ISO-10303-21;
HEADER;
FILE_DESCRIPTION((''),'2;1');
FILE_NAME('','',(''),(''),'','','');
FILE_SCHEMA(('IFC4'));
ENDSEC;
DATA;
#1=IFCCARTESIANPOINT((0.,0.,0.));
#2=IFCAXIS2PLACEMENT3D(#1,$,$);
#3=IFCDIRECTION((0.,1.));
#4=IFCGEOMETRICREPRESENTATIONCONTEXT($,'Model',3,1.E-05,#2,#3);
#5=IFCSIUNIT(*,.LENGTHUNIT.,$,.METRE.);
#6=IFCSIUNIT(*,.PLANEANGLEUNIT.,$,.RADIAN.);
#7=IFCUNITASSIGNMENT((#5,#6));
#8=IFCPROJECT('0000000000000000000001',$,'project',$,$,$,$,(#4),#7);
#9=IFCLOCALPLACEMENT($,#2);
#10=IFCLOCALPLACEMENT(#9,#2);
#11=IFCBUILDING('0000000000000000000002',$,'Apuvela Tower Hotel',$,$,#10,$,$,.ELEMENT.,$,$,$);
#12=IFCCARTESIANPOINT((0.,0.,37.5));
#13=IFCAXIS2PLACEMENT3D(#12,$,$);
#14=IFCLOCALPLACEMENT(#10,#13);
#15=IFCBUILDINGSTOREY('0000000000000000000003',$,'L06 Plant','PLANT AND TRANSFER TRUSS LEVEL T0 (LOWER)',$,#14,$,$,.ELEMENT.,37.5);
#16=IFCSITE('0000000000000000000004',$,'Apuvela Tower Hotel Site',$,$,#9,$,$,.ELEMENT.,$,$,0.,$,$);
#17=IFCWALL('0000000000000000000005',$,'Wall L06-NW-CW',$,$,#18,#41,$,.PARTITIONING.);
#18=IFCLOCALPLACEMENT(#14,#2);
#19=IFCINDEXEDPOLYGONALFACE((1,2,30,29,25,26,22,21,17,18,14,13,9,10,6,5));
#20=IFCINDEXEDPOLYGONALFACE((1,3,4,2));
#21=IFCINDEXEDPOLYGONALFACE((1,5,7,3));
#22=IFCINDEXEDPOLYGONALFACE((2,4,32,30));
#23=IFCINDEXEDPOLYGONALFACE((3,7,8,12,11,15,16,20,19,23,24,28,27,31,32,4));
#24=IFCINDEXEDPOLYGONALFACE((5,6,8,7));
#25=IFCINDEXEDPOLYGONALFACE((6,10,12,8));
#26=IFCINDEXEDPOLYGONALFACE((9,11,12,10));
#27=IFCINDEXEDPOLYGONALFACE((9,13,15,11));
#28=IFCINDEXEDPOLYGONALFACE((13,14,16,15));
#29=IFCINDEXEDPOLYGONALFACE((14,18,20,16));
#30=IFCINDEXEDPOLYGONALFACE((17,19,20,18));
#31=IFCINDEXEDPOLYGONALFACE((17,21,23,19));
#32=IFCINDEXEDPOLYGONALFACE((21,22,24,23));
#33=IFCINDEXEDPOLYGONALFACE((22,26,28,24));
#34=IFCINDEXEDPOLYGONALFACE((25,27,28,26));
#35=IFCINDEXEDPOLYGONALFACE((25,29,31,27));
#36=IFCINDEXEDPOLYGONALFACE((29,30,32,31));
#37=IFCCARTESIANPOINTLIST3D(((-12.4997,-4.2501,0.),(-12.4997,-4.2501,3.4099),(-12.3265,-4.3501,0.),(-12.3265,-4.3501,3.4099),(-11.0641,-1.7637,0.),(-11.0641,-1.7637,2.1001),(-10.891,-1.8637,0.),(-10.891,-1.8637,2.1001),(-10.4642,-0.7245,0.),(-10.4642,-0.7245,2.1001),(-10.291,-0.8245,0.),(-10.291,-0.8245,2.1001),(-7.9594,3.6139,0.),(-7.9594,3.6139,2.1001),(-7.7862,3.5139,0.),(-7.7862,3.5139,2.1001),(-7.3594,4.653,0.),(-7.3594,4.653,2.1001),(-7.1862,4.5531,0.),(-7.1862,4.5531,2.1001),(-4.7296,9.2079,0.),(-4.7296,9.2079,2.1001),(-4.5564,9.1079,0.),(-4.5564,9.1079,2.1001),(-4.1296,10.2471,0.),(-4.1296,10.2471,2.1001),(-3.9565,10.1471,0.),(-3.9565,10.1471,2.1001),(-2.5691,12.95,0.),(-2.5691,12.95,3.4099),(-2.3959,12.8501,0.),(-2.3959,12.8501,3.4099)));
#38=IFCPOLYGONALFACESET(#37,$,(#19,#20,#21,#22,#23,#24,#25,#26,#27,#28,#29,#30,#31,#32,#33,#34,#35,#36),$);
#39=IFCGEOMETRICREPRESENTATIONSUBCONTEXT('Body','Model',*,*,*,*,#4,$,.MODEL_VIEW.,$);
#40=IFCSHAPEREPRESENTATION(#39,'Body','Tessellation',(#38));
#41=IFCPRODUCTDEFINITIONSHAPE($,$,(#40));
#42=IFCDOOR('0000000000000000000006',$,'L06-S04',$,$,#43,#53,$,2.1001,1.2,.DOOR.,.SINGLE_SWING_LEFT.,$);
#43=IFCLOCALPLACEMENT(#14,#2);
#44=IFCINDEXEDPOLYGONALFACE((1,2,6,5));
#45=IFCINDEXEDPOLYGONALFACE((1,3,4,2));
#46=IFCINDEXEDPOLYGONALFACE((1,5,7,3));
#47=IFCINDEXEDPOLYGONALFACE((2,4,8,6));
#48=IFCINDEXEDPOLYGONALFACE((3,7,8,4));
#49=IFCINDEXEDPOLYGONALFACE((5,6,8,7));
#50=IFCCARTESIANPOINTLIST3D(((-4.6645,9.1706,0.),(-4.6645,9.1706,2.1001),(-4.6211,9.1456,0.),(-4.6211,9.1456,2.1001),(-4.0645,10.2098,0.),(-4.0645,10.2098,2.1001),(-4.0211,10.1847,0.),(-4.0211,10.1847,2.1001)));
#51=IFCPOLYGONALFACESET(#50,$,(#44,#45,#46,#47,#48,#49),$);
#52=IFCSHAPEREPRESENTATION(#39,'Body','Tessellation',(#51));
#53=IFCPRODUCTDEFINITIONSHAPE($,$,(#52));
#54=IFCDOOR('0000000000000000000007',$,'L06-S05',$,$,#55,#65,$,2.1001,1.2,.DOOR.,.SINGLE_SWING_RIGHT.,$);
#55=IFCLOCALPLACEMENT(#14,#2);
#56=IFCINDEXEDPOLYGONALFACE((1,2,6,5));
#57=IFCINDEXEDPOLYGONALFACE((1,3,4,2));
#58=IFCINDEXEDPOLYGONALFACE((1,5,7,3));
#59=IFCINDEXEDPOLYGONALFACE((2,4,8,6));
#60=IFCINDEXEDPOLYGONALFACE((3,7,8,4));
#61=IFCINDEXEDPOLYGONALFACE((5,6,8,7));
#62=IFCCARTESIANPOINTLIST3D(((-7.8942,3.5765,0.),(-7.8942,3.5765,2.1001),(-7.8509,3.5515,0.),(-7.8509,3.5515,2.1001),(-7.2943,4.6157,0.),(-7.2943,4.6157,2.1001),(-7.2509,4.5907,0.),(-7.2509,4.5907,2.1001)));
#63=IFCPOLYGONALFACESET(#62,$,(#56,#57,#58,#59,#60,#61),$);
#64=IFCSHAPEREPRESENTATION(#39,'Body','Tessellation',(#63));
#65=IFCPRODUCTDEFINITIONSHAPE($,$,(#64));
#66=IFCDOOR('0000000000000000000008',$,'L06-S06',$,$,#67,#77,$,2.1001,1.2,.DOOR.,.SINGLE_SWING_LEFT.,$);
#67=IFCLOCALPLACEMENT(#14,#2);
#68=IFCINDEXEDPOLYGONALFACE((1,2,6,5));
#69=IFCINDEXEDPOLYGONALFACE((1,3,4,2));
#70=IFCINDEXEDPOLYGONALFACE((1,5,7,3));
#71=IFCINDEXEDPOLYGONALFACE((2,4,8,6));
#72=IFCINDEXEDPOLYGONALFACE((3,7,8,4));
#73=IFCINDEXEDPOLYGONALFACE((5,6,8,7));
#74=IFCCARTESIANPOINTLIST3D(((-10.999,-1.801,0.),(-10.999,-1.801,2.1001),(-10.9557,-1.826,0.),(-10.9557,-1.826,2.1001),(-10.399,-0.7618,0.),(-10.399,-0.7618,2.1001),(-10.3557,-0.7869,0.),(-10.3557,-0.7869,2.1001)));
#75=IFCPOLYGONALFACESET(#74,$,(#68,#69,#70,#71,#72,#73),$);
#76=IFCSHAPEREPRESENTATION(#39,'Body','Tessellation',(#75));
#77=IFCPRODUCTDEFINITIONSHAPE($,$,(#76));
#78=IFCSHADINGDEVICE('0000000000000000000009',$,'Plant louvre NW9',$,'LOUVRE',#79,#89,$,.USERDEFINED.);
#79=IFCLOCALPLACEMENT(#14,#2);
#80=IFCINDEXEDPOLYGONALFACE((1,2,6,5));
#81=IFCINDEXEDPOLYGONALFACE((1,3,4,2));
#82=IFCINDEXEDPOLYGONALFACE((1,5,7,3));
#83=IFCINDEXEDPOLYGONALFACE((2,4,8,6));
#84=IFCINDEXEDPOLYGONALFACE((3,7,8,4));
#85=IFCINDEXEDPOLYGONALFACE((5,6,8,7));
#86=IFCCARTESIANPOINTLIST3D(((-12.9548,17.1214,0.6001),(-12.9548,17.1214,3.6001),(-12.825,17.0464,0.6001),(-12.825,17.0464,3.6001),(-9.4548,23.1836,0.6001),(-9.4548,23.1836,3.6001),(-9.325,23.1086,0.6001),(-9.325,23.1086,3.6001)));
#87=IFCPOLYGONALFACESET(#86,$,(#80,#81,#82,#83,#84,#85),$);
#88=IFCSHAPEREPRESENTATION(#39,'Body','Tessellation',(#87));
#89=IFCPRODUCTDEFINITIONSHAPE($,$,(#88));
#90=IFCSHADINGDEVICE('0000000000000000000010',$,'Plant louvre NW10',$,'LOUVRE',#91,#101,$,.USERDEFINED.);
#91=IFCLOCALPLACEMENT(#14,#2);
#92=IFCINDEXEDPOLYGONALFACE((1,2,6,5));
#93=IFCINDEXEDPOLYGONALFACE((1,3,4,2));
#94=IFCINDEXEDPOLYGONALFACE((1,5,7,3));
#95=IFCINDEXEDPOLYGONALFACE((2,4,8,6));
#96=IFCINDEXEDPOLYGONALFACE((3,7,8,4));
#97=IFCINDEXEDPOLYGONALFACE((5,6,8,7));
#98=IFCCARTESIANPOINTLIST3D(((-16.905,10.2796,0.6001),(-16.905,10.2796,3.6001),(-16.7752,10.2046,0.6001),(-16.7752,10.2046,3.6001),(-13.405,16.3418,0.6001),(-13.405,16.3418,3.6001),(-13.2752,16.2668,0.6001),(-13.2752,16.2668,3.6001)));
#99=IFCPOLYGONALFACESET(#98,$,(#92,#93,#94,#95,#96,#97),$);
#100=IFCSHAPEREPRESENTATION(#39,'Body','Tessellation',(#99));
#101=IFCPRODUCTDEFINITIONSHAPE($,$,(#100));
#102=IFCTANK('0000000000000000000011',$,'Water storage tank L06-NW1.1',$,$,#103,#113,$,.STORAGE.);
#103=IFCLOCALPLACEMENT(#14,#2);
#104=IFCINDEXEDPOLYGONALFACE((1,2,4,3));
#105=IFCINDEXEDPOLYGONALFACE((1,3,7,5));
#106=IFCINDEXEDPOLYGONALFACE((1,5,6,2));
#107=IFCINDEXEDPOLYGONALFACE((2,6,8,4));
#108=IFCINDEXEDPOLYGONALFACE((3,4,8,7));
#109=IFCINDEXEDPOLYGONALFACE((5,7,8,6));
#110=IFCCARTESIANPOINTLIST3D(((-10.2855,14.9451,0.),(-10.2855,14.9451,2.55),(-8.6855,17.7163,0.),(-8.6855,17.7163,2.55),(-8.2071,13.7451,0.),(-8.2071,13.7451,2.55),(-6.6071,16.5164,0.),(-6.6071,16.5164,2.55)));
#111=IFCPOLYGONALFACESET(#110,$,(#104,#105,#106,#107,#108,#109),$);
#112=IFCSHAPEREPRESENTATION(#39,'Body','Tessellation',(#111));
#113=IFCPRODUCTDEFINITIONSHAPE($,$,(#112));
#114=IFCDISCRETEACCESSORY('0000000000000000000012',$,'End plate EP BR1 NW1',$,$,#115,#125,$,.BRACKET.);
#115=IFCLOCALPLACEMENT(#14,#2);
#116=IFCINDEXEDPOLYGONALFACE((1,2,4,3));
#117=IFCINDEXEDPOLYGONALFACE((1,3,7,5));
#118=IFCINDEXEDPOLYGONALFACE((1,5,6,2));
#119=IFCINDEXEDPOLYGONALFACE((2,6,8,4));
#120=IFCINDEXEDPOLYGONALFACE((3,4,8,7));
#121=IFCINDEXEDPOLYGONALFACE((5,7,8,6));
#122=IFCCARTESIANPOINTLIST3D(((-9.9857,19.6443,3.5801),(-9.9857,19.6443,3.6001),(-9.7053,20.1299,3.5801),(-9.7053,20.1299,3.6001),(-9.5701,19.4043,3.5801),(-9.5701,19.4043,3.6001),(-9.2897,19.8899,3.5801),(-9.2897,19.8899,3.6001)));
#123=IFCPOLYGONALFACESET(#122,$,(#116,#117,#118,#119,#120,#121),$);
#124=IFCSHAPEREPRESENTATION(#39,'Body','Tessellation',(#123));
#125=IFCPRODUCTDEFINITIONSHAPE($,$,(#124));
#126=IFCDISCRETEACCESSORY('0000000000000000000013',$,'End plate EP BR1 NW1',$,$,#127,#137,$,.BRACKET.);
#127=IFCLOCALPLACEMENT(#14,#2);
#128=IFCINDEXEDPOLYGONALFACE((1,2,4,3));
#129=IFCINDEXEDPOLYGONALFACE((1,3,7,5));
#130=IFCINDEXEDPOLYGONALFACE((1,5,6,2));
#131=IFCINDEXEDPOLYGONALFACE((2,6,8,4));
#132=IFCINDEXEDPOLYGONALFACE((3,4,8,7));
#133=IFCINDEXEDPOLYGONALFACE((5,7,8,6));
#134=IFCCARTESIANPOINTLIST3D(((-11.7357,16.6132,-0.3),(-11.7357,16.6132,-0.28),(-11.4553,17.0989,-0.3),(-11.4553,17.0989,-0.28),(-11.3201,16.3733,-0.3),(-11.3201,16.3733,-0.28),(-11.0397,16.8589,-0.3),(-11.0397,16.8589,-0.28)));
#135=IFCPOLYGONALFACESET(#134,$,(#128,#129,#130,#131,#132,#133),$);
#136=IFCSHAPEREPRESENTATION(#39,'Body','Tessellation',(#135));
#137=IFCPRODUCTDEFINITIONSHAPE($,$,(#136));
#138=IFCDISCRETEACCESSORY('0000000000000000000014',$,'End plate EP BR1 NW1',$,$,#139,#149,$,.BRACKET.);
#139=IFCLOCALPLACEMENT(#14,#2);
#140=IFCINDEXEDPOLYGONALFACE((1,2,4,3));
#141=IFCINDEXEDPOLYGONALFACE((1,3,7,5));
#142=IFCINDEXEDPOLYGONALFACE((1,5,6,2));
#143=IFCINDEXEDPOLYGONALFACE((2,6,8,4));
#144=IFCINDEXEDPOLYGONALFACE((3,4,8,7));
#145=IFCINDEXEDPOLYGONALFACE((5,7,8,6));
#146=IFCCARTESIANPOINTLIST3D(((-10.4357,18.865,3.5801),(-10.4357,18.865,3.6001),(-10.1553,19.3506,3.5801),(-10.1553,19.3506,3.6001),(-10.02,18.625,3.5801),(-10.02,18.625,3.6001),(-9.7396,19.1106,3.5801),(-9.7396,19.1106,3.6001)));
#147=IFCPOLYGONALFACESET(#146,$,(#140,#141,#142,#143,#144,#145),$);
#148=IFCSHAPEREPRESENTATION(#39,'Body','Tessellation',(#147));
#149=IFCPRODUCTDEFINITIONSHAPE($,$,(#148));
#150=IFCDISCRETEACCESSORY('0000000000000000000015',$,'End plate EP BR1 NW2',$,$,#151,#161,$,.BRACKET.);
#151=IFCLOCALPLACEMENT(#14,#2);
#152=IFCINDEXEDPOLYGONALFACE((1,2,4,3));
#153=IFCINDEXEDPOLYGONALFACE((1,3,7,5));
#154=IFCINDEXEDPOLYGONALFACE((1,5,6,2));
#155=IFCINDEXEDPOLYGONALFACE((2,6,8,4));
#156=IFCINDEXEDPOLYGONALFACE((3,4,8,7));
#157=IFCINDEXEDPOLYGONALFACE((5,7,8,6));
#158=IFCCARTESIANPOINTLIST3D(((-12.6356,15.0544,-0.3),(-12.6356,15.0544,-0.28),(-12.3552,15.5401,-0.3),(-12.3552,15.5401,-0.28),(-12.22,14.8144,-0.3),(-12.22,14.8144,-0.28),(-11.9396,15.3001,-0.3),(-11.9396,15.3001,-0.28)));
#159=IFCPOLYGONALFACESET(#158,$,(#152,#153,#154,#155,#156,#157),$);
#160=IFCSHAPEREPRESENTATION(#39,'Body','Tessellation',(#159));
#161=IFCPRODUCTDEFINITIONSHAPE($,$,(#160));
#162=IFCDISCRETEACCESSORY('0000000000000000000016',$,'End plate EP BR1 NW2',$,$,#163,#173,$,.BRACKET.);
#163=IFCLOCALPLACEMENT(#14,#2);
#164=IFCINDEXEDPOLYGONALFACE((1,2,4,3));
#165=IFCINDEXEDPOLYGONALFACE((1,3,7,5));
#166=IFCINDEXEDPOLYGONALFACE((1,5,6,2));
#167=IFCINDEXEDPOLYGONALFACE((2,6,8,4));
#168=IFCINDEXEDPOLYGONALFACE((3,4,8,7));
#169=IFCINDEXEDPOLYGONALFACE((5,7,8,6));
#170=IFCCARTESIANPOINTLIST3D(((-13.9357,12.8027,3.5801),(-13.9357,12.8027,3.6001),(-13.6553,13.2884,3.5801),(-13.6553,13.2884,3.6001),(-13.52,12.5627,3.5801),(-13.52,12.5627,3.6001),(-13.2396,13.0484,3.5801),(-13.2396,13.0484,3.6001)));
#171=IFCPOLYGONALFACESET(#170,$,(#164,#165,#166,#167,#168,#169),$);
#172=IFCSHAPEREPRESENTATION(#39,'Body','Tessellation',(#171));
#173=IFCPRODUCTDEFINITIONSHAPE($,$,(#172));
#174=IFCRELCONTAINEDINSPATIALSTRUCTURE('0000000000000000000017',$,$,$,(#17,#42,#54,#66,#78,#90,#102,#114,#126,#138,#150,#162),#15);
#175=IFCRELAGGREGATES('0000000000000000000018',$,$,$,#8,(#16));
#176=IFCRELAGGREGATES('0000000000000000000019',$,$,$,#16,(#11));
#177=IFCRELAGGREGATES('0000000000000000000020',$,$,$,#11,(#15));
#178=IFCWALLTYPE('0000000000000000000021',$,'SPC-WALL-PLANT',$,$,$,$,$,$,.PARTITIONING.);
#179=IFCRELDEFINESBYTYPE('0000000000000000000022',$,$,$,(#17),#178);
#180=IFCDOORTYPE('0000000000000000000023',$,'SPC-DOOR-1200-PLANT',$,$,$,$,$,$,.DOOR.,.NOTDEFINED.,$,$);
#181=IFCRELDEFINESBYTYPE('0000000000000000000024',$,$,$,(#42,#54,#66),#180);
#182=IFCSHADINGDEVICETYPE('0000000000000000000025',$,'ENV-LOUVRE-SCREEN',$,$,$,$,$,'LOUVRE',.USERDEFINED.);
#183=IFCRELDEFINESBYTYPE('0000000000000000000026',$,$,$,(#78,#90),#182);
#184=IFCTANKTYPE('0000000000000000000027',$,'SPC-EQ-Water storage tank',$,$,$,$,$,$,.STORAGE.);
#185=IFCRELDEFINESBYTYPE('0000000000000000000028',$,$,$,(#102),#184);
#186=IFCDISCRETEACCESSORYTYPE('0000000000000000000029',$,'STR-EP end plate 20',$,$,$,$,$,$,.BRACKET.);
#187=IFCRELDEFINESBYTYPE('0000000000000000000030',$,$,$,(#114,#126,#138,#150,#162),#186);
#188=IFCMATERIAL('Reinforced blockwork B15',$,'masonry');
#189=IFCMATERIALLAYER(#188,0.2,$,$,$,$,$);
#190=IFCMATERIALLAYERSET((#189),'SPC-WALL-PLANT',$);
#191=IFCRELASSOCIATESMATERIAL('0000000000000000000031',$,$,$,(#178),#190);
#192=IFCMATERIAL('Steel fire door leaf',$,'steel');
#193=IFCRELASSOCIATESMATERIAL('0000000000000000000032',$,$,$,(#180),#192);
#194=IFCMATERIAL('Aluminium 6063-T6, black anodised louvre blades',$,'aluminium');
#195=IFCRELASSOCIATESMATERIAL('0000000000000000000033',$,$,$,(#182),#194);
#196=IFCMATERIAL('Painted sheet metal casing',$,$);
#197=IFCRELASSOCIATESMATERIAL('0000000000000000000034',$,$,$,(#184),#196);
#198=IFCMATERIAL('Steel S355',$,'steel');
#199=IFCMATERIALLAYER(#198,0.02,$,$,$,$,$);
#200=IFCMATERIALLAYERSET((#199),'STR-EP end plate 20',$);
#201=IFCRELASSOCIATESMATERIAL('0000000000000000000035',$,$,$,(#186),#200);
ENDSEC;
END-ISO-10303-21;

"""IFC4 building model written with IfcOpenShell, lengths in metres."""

from ifc_helpers import new_model, si_unit, direction, frame, frame_2d, origin, origin_2d, place, context, subcontext, project, spatial, rectangle, extrude, material, layer, layer_set, type_object, element, fill, save


model = new_model("IFC4")

# Units and contexts
model_context = context("Model", 3, precision=1e-05, world=origin(), true_north=direction((0.0, 1.0)))
body_context = subcontext(model_context, "Body", "Model", "MODEL_VIEW")
ifc_project = project(units=[si_unit("LENGTHUNIT", "METRE"), si_unit("PLANEANGLEUNIT", "RADIAN")], contexts=[model_context])

# Site, building, storey
site_placement = place(None, origin())
site = spatial("IfcSite", under=ifc_project, at=site_placement, Name="Apuvela Tower Hotel Site", CompositionType="ELEMENT", RefElevation=0.0)
building_placement = place(site_placement, origin())
building = spatial("IfcBuilding", under=site, at=building_placement, Name="Apuvela Tower Hotel", CompositionType="ELEMENT")
storey_placement = place(building_placement, frame((0.0, 0.0, 37.5)))
storey = spatial("IfcBuildingStorey", under=building, at=storey_placement, Name="L06 Plant", Description="PLANT AND TRANSFER TRUSS LEVEL T0 (LOWER)", CompositionType="ELEMENT", Elevation=37.5)

# Shared definitions
ifc_material_1 = material(Name="Steel S355", Category="steel")

# Wall, openings, doors
ifc_material_2 = material(Name="Reinforced blockwork B15", Category="masonry")
ifc_layer_1 = layer(ifc_material_2, 0.2)
ifc_layer_set_1 = layer_set([ifc_layer_1], Name="SPC-WALL-PLANT")
wall_type_1 = type_object("IfcWallType", Name="SPC-WALL-PLANT", PredefinedType="PARTITIONING", material=ifc_layer_set_1)
wall_1_placement = place(storey_placement, frame((-2.4824, 12.9001, 0.0), z_axis=(0.0, 0.0, 1.0), x_axis=(-0.500005, -0.866023, 0.0)))
wall_1 = element("IfcWall", 1, at=wall_1_placement, inside=storey, type_object=wall_type_1, Name="Wall L06-NW-CW", PredefinedType="PARTITIONING", context=body_context, shape_type="SweptSolid", body=[
    extrude(rectangle(XDim=19.8611, YDim=0.2, at=frame_2d((9.9307, 0.0))), origin(), (0.0, 0.0, 1.0), 3.4099),
])
opening_1_placement = place(wall_1_placement, frame((3.1211, 0.0, 0.0)))
opening_1 = element("IfcOpeningElement", 2, at=opening_1_placement, cuts=wall_1, PredefinedType="OPENING", context=body_context, shape_type="SweptSolid", body=[
    extrude(rectangle(XDim=1.2, YDim=2.1001, at=frame_2d((0.6001, 1.05))), frame((0.0, 0.1099, 0.0), z_axis=(0.0, -1.0, 0.0), x_axis=(1.0, 0.0, 0.0)), (0.0, 0.0, 1.0), 0.22),
])
opening_2_placement = place(wall_1_placement, frame((9.5806, 0.0, 0.0)))
opening_2 = element("IfcOpeningElement", 3, at=opening_2_placement, cuts=wall_1, PredefinedType="OPENING", context=body_context, shape_type="SweptSolid", body=[
    extrude(rectangle(XDim=1.2, YDim=2.1001, at=frame_2d((0.6001, 1.05))), frame((0.0, 0.1099, 0.0), z_axis=(0.0, -1.0, 0.0), x_axis=(1.0, 0.0, 0.0)), (0.0, 0.0, 1.0), 0.22),
])
opening_3_placement = place(wall_1_placement, frame((15.79, 0.0, 0.0)))
opening_3 = element("IfcOpeningElement", 4, at=opening_3_placement, cuts=wall_1, PredefinedType="OPENING", context=body_context, shape_type="SweptSolid", body=[
    extrude(rectangle(XDim=1.2, YDim=2.1001, at=frame_2d((0.6001, 1.05))), frame((0.0, 0.1099, 0.0), z_axis=(0.0, -1.0, 0.0), x_axis=(1.0, 0.0, 0.0)), (0.0, 0.0, 1.0), 0.22),
])
ifc_material_3 = material(Name="Steel fire door leaf", Category="steel")
door_type_1 = type_object("IfcDoorType", Name="SPC-DOOR-1200-PLANT", OperationType="NOTDEFINED", PredefinedType="DOOR", material=ifc_material_3)
door_1_placement = place(opening_1_placement, frame((1.2, 0.0, 0.0), z_axis=(0.0, 0.0, 1.0), x_axis=(-1.0, 0.0, 0.0)))
door_1 = element("IfcDoor", 5, at=door_1_placement, inside=storey, type_object=door_type_1, Name="L06-S04", OperationType="SINGLE_SWING_LEFT", OverallHeight=2.1001, OverallWidth=1.2, PredefinedType="DOOR", context=body_context, shape_type="SweptSolid", body=[
    extrude(rectangle(XDim=1.2, YDim=2.1001, at=frame_2d((0.6001, 1.05))), frame((0.0, 0.0249, 0.0), z_axis=(0.0, -1.0, 0.0), x_axis=(1.0, 0.0, 0.0)), (0.0, 0.0, 1.0), 0.05),
])
fill(opening_1, door_1)
door_2_placement = place(opening_2_placement, frame((1.2, 0.0, 0.0), z_axis=(0.0, 0.0, 1.0), x_axis=(-1.0, 0.0, 0.0)))
door_2 = element("IfcDoor", 6, at=door_2_placement, inside=storey, type_object=door_type_1, Name="L06-S05", OperationType="SINGLE_SWING_RIGHT", OverallHeight=2.1001, OverallWidth=1.2, PredefinedType="DOOR", context=body_context, shape_type="SweptSolid", body=[
    extrude(rectangle(XDim=1.2, YDim=2.1001, at=frame_2d((0.6001, 1.05))), frame((0.0, 0.0249, 0.0), z_axis=(0.0, -1.0, 0.0), x_axis=(1.0, 0.0, 0.0)), (0.0, 0.0, 1.0), 0.05),
])
fill(opening_2, door_2)
door_3_placement = place(opening_3_placement, frame((1.2, 0.0, 0.0), z_axis=(0.0, 0.0, 1.0), x_axis=(-1.0, 0.0, 0.0)))
door_3 = element("IfcDoor", 7, at=door_3_placement, inside=storey, type_object=door_type_1, Name="L06-S06", OperationType="SINGLE_SWING_LEFT", OverallHeight=2.1001, OverallWidth=1.2, PredefinedType="DOOR", context=body_context, shape_type="SweptSolid", body=[
    extrude(rectangle(XDim=1.2, YDim=2.1001, at=frame_2d((0.6001, 1.05))), frame((0.0, 0.0249, 0.0), z_axis=(0.0, -1.0, 0.0), x_axis=(1.0, 0.0, 0.0)), (0.0, 0.0, 1.0), 0.05),
])
fill(opening_3, door_3)

# Shading devices
ifc_material_4 = material(Name="Aluminium 6063-T6, black anodised louvre blades", Category="aluminium")
shading_device_type = type_object("IfcShadingDeviceType", Name="ENV-LOUVRE-SCREEN", ElementType="LOUVRE", PredefinedType="USERDEFINED", material=ifc_material_4)
for number, where, z_axis, x_axis, name in (
    (8, (-11.1399, 20.115, 0.6001), (0.0, 0.0, 1.0), (-0.5, -0.866025, 0.0), "Plant louvre NW9"),
    (9, (-15.0901, 13.2732, 0.6001), (0.0, 0.0, 1.0), (-0.5, -0.866025, 0.0), "Plant louvre NW10"),
):
    element("IfcShadingDevice", number, at=place(storey_placement, frame(where, z_axis=z_axis, x_axis=x_axis)), inside=storey, type_object=shading_device_type, Name=name, ObjectType="LOUVRE", PredefinedType="USERDEFINED", context=body_context, shape_type="SweptSolid", body=[
        extrude(rectangle(XDim=7.0, YDim=0.1499, at=origin_2d()), origin(), (0.0, 0.0, 1.0), 3.0),
    ])

# Tank
ifc_material_5 = material(Name="Painted sheet metal casing")
tank_type = type_object("IfcTankType", Name="SPC-EQ-Water storage tank", PredefinedType="STORAGE", material=ifc_material_5)
tank_placement = place(storey_placement, frame((-8.4463, 15.7307, 0.0), z_axis=(0.0, 0.0, 1.0), x_axis=(-0.5, -0.866025, 0.0)))
element("IfcTank", 10, at=tank_placement, inside=storey, type_object=tank_type, Name="Water storage tank L06-NW1.1", PredefinedType="STORAGE", context=body_context, shape_type="SweptSolid", body=[
    extrude(rectangle(XDim=3.2, YDim=2.3999, at=origin_2d()), origin(), (0.0, 0.0, 1.0), 2.55),
])

# Discrete accessories
ifc_layer_2 = layer(ifc_material_1, 0.02)
ifc_layer_set_2 = layer_set([ifc_layer_2], Name="STR-EP end plate 20")
discrete_accessory_type = type_object("IfcDiscreteAccessoryType", Name="STR-EP end plate 20", PredefinedType="BRACKET", material=ifc_layer_set_2)
for number, where, z_axis, x_axis, name in (
    (11, (-9.6377, 19.7671, 3.5801), (0.0, 0.0, 1.0), (-0.5, -0.866025, 0.0), "End plate EP BR1 NW1"),
    (12, (-11.3877, 16.7361, -0.3), (0.0, 0.0, 1.0), (0.5, 0.866025, 0.0), "End plate EP BR1 NW1"),
    (13, (-10.0876, 18.9878, 3.5801), (0.0, 0.0, 1.0), (0.5, 0.866025, 0.0), "End plate EP BR1 NW1"),
    (14, (-12.2876, 15.1772, -0.3), (0.0, 0.0, 1.0), (-0.5, -0.866025, 0.0), "End plate EP BR1 NW2"),
    (15, (-13.5876, 12.9255, 3.5801), (0.0, 0.0, 1.0), (-0.5, -0.866025, 0.0), "End plate EP BR1 NW2"),
):
    element("IfcDiscreteAccessory", number, at=place(storey_placement, frame(where, z_axis=z_axis, x_axis=x_axis)), inside=storey, type_object=discrete_accessory_type, Name=name, PredefinedType="BRACKET", context=body_context, shape_type="SweptSolid", body=[
        extrude(rectangle(XDim=0.5608, YDim=0.48, at=origin_2d()), origin(), (0.0, 0.0, 1.0), 0.02),
    ])

save(model, "model.ifc")
